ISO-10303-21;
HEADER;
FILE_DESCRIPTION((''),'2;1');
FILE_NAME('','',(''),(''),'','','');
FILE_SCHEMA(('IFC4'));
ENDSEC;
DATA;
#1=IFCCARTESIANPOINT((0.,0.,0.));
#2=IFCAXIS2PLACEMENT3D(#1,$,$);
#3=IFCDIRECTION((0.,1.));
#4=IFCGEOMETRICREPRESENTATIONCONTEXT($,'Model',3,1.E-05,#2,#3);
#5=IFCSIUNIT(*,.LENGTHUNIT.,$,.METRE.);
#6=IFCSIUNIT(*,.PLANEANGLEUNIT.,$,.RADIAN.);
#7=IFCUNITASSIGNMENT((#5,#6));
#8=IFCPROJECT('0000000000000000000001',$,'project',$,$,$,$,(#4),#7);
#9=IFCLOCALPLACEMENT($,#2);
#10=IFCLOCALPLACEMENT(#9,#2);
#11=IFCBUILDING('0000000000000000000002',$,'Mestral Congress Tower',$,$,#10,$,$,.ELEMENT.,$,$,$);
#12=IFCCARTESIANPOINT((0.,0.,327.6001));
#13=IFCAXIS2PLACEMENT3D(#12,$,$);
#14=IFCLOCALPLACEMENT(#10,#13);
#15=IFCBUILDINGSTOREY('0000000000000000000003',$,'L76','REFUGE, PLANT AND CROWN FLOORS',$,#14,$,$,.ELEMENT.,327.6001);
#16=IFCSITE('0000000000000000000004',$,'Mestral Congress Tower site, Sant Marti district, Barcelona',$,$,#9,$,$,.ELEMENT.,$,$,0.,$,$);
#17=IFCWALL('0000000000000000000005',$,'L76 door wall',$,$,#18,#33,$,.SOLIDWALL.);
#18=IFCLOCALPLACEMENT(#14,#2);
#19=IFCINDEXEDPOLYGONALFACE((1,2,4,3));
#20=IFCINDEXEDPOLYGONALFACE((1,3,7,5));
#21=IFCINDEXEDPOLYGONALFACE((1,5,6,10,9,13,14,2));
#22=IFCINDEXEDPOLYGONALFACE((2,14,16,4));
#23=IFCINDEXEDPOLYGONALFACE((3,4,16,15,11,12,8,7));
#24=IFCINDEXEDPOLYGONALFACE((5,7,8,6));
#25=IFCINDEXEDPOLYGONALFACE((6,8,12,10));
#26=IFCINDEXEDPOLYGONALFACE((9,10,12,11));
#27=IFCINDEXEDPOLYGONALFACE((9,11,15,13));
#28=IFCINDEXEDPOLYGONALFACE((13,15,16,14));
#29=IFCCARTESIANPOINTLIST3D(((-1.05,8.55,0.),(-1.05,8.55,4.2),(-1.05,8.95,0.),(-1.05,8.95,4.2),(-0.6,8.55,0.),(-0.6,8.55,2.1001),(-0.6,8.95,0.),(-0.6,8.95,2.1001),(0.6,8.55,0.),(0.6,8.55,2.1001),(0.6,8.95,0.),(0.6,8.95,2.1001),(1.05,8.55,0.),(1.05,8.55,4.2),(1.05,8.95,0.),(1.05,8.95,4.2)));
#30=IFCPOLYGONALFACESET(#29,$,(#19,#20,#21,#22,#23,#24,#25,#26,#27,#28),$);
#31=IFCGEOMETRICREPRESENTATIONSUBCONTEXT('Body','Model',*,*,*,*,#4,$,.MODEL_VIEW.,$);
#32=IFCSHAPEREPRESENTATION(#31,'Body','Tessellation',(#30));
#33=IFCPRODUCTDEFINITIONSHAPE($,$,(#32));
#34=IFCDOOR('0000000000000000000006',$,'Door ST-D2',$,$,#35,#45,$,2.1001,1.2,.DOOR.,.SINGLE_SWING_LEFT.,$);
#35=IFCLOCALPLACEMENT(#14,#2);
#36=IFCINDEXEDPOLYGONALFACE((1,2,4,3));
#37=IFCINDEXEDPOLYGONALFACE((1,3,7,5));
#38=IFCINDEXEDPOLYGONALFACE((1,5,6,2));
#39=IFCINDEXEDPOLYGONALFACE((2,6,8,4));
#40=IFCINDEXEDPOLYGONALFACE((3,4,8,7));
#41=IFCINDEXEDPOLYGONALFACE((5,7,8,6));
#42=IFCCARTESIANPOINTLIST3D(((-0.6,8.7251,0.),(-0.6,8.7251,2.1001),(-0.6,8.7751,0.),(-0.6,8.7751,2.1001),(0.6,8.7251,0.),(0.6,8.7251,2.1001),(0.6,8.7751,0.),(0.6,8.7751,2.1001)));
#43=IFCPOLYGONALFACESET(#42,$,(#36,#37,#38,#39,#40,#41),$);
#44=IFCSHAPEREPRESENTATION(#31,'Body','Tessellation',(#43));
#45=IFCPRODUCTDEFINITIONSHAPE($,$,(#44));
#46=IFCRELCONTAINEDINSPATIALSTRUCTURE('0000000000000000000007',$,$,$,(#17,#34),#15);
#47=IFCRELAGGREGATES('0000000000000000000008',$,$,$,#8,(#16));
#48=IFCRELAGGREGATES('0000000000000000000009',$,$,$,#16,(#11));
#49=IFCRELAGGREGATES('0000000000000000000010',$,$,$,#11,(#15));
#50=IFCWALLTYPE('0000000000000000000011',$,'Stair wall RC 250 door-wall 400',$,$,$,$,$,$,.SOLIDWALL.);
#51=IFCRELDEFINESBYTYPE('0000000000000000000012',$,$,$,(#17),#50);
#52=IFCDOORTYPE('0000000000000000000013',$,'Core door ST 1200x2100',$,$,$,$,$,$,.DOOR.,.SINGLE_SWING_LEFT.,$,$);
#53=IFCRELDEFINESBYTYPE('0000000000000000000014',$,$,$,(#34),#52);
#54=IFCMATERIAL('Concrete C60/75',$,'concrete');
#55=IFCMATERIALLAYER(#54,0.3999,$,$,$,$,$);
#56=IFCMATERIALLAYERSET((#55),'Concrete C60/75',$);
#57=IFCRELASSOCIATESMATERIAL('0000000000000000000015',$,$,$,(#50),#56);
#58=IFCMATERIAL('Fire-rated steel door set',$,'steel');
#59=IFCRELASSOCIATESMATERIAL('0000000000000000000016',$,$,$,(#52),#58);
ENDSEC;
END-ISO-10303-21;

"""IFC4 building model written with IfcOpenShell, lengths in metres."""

from ifc_helpers import new_model, si_unit, direction, frame, frame_2d, origin, place, context, subcontext, project, spatial, rectangle, extrude, material, layer, layer_set, type_object, element, fill, save


model = new_model("IFC4")

# Units and contexts
model_context = context("Model", 3, precision=1e-05, world=origin(), true_north=direction((0.0, 1.0)))
body_context = subcontext(model_context, "Body", "Model", "MODEL_VIEW")
ifc_project = project(units=[si_unit("LENGTHUNIT", "METRE"), si_unit("PLANEANGLEUNIT", "RADIAN")], contexts=[model_context])

# Site, building, storey
site_placement = place(None, origin())
site = spatial("IfcSite", under=ifc_project, at=site_placement, Name="Mestral Congress Tower site, Sant Marti district, Barcelona", CompositionType="ELEMENT", RefElevation=0.0)
building_placement = place(site_placement, origin())
building = spatial("IfcBuilding", under=site, at=building_placement, Name="Mestral Congress Tower", CompositionType="ELEMENT")
storey_placement = place(building_placement, frame((0.0, 0.0, 327.6001)))
storey = spatial("IfcBuildingStorey", under=building, at=storey_placement, Name="L76", Description="REFUGE, PLANT AND CROWN FLOORS", CompositionType="ELEMENT", Elevation=327.6001)

# Shared definitions
ifc_material_1 = material(Name="Fire-rated steel door set", Category="steel")

# Shared definitions
ifc_material_2 = material(Name="Concrete C60/75", Category="concrete")

# Wall, opening, door
ifc_layer_1 = layer(ifc_material_2, 0.3999)
ifc_layer_set_1 = layer_set([ifc_layer_1], Name="Concrete C60/75")
wall_type_1 = type_object("IfcWallType", Name="Stair wall RC 250 door-wall 400", PredefinedType="SOLIDWALL", material=ifc_layer_set_1)
wall_1_placement = place(storey_placement, frame((1.05, 8.75, 0.0), z_axis=(0.0, 0.0, 1.0), x_axis=(-1.0, 0.0, 0.0)))
wall_1 = element("IfcWall", 1, at=wall_1_placement, inside=storey, type_object=wall_type_1, Name="L76 door wall", PredefinedType="SOLIDWALL", context=body_context, shape_type="SweptSolid", body=[
    extrude(rectangle(XDim=2.1001, YDim=0.3999, at=frame_2d((1.05, 0.0))), origin(), (0.0, 0.0, 1.0), 4.2),
])
opening_1_placement = place(wall_1_placement, frame((0.45, 0.0, 0.0)))
opening_1 = element("IfcOpeningElement", 2, at=opening_1_placement, cuts=wall_1, PredefinedType="OPENING", context=body_context, shape_type="SweptSolid", body=[
    extrude(rectangle(XDim=1.2, YDim=2.1001, at=frame_2d((0.6001, 1.05))), frame((0.0, 0.21, 0.0), z_axis=(0.0, -1.0, 0.0), x_axis=(1.0, 0.0, 0.0)), (0.0, 0.0, 1.0), 0.4199),
])
door_type_1 = type_object("IfcDoorType", Name="Core door ST 1200x2100", OperationType="SINGLE_SWING_LEFT", PredefinedType="DOOR", material=ifc_material_1)
door_1_placement = place(opening_1_placement, origin())
door_1 = element("IfcDoor", 3, at=door_1_placement, inside=storey, type_object=door_type_1, Name="Door ST-D2", OperationType="SINGLE_SWING_LEFT", OverallHeight=2.1001, OverallWidth=1.2, PredefinedType="DOOR", context=body_context, shape_type="SweptSolid", body=[
    extrude(rectangle(XDim=1.2, YDim=2.1001, at=frame_2d((0.6001, 1.05))), frame((0.0, 0.0249, 0.0), z_axis=(0.0, -1.0, 0.0), x_axis=(1.0, 0.0, 0.0)), (0.0, 0.0, 1.0), 0.05),
])
fill(opening_1, door_1)

save(model, "model.ifc")
